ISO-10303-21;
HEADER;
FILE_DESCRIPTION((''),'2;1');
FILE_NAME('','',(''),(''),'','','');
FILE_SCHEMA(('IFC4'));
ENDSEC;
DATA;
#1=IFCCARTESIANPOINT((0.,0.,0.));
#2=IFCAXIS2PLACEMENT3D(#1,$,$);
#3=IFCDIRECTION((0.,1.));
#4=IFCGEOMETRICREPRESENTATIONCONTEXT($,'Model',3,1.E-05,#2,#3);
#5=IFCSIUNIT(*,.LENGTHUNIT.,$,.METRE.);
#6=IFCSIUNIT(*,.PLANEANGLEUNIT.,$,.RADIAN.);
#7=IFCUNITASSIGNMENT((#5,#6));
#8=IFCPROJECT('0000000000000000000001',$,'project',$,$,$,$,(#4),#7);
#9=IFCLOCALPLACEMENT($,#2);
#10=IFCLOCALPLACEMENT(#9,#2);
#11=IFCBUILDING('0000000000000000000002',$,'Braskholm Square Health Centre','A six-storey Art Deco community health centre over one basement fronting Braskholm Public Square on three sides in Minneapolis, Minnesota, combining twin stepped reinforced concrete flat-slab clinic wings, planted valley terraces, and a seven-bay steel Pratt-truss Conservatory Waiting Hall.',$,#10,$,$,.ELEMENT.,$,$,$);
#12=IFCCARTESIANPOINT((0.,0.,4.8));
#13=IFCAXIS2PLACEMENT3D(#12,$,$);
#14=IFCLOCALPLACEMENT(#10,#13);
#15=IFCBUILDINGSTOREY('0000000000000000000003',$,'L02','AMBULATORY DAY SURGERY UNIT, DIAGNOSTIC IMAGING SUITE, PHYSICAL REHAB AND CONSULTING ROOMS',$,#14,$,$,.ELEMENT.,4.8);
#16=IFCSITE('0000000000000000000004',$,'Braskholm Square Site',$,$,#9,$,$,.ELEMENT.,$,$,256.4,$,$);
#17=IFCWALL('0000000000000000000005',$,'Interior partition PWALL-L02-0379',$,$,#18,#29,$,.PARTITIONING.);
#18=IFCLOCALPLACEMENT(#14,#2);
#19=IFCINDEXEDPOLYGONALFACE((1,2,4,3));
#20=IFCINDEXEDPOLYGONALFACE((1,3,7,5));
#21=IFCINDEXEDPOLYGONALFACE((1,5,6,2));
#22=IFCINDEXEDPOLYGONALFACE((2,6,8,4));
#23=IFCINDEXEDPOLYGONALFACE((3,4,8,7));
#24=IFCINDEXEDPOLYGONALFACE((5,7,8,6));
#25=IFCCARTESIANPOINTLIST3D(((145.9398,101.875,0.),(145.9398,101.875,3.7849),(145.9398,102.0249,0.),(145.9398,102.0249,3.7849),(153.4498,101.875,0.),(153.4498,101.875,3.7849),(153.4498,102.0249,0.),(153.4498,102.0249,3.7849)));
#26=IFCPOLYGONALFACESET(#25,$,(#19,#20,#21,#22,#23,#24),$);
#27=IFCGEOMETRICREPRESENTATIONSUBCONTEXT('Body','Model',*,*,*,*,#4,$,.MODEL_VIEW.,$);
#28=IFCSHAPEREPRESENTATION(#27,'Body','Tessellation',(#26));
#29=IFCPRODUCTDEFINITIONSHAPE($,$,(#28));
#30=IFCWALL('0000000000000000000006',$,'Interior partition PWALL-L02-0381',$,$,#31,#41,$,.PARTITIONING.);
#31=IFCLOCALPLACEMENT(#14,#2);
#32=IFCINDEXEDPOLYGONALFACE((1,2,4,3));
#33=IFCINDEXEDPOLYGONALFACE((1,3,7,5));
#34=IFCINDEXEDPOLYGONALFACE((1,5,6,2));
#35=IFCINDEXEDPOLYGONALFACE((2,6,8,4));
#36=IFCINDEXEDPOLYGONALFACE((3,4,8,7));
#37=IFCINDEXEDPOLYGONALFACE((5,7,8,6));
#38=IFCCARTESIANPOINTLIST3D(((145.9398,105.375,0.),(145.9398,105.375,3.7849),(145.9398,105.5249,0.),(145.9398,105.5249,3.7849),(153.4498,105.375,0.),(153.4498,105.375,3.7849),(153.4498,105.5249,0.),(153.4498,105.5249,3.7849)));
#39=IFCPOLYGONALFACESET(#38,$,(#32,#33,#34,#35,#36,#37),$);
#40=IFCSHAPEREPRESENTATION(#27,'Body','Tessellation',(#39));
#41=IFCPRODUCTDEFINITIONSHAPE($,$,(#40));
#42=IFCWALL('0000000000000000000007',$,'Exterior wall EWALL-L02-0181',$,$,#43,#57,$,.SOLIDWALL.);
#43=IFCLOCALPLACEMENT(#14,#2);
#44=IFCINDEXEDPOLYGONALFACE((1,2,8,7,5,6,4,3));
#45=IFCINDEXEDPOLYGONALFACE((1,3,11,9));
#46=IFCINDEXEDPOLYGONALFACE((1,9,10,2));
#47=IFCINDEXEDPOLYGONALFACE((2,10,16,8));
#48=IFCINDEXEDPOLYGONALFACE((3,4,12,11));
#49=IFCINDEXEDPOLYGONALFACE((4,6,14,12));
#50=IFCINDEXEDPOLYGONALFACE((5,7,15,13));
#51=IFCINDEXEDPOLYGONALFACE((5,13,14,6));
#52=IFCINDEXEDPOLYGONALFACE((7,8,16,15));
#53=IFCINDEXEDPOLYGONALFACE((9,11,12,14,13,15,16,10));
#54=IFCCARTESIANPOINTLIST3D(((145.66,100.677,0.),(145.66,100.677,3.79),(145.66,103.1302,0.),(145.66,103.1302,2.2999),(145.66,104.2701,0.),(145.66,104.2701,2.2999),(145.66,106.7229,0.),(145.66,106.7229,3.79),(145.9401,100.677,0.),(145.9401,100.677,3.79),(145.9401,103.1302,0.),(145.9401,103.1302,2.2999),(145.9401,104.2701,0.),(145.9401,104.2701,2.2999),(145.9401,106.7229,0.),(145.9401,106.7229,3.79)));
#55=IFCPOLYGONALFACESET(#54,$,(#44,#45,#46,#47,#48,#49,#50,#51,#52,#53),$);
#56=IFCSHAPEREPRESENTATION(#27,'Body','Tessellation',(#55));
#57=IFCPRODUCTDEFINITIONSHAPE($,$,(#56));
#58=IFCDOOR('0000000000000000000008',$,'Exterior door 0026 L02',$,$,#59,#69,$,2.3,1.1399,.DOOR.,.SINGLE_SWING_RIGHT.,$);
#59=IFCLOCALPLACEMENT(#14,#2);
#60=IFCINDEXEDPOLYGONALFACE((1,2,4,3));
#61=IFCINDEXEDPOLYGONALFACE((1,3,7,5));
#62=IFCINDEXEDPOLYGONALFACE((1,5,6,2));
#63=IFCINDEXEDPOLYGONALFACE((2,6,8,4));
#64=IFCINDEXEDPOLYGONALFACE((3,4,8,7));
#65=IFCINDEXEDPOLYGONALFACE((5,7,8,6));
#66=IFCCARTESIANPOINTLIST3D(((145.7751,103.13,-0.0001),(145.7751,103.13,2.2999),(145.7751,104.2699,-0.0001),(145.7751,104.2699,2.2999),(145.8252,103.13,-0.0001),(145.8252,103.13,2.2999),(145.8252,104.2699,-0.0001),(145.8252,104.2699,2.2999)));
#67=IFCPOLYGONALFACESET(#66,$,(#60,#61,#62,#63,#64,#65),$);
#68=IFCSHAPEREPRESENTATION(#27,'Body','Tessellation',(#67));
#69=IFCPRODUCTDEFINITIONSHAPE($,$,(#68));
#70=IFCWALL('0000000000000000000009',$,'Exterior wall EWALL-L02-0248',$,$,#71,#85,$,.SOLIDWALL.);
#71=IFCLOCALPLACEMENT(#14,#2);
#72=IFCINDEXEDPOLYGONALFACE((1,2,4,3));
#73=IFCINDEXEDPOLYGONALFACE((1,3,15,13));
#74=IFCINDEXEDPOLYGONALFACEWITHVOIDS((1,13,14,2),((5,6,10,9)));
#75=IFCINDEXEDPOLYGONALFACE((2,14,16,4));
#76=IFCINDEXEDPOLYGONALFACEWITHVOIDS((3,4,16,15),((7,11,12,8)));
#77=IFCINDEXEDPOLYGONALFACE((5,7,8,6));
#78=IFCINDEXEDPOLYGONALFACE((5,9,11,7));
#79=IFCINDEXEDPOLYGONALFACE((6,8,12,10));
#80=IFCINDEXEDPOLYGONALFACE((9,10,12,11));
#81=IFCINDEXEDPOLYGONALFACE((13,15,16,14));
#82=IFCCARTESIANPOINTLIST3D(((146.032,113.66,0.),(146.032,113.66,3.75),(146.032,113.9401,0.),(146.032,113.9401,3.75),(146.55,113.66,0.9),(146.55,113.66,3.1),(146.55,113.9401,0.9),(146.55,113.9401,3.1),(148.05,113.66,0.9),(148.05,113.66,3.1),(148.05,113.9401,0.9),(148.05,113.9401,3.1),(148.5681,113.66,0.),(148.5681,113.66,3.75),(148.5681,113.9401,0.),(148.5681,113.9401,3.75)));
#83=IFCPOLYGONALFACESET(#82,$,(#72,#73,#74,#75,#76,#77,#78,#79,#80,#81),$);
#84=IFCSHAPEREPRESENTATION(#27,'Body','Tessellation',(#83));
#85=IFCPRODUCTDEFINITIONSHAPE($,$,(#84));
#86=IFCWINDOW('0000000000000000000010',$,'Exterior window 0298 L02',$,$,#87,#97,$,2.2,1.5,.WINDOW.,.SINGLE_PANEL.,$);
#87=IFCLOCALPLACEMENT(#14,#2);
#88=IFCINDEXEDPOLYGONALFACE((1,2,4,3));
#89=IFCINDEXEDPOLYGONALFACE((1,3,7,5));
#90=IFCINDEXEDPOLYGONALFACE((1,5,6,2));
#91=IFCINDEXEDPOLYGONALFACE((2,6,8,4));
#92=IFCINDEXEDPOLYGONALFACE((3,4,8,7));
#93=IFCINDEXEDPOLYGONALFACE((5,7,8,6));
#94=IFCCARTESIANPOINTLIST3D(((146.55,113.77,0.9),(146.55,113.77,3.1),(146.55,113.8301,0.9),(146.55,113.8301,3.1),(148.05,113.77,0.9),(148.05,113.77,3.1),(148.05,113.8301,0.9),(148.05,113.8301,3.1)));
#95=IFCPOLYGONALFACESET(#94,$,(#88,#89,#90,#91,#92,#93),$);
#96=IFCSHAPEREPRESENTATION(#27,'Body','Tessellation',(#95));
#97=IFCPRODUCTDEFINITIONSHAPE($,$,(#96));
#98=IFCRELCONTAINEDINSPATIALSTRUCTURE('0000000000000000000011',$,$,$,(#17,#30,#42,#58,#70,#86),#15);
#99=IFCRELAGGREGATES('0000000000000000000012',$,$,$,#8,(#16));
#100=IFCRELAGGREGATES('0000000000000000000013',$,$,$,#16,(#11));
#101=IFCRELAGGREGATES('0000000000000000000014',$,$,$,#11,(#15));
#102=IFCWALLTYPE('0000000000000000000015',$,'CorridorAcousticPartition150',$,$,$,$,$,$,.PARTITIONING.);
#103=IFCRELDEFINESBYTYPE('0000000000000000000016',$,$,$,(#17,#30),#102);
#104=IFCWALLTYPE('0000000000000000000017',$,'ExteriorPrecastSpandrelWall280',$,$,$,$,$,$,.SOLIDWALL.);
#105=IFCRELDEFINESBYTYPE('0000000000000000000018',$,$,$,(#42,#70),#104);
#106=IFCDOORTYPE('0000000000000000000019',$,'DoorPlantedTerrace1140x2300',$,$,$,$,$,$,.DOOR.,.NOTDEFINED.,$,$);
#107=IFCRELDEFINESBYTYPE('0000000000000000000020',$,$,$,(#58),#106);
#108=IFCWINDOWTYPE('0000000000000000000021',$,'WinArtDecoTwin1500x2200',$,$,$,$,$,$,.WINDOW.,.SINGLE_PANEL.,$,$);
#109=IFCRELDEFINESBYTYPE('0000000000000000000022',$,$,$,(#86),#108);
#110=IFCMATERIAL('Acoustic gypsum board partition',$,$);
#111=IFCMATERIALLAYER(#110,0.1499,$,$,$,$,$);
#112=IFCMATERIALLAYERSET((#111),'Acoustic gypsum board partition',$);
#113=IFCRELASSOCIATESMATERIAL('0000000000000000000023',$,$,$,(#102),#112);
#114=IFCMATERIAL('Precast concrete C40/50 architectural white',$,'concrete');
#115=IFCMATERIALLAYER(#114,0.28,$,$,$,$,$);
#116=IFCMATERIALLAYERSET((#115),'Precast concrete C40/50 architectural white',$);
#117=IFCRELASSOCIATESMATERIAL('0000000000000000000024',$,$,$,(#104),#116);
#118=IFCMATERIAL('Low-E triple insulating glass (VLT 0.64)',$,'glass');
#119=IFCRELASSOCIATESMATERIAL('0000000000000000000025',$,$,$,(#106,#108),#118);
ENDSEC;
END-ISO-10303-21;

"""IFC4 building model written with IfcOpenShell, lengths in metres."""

from ifc_helpers import new_model, si_unit, direction, frame, frame_2d, origin, origin_with_axes, place, context, subcontext, project, spatial, rectangle, extrude, material, layer, layer_set, type_object, element, fill, save


model = new_model("IFC4")

# Units and contexts
model_context = context("Model", 3, precision=1e-05, world=origin(), true_north=direction((0.0, 1.0)))
body_context = subcontext(model_context, "Body", "Model", "MODEL_VIEW")
ifc_project = project(units=[si_unit("LENGTHUNIT", "METRE"), si_unit("PLANEANGLEUNIT", "RADIAN")], contexts=[model_context])

# Site, building, storey
site_placement = place(None, origin())
site = spatial("IfcSite", under=ifc_project, at=site_placement, Name="Braskholm Square Site", CompositionType="ELEMENT", RefElevation=256.4)
building_placement = place(site_placement, origin())
building = spatial("IfcBuilding", under=site, at=building_placement, Name="Braskholm Square Health Centre", Description="A six-storey Art Deco community health centre over one basement fronting Braskholm Public Square on three sides in Minneapolis, Minnesota, combining twin stepped reinforced concrete flat-slab clinic wings, planted valley terraces, and a seven-bay steel Pratt-truss Conservatory Waiting Hall.", CompositionType="ELEMENT")
storey_placement = place(building_placement, frame((0.0, 0.0, 4.8)))
storey = spatial("IfcBuildingStorey", under=building, at=storey_placement, Name="L02", Description="AMBULATORY DAY SURGERY UNIT, DIAGNOSTIC IMAGING SUITE, PHYSICAL REHAB AND CONSULTING ROOMS", CompositionType="ELEMENT", Elevation=4.8)

# Shared definitions
ifc_material_1 = material(Name="Precast concrete C40/50 architectural white", Category="concrete")

# Shared definitions
ifc_material_2 = material(Name="Low-E triple insulating glass (VLT 0.64)", Category="glass")

# Walls
ifc_material_3 = material(Name="Acoustic gypsum board partition")
ifc_layer_1 = layer(ifc_material_3, 0.1499)
ifc_layer_set_1 = layer_set([ifc_layer_1], Name="Acoustic gypsum board partition")
wall_type_1 = type_object("IfcWallType", Name="CorridorAcousticPartition150", PredefinedType="PARTITIONING", material=ifc_layer_set_1)
for number, where, z_axis, x_axis, name in (
    (1, (145.9399, 101.95, 0.0), (0.0, 0.0, 1.0), (1.0, 0.0, 0.0), "Interior partition PWALL-L02-0379"),
    (2, (145.9399, 105.45, 0.0), (0.0, 0.0, 1.0), (1.0, 0.0, 0.0), "Interior partition PWALL-L02-0381"),
):
    element("IfcWall", number, at=place(storey_placement, frame(where, z_axis=z_axis, x_axis=x_axis)), inside=storey, type_object=wall_type_1, Name=name, PredefinedType="PARTITIONING", context=body_context, shape_type="SweptSolid", body=[
        extrude(rectangle(XDim=7.51, YDim=0.1499, at=frame_2d((3.7549, 0.0))), origin(), (0.0, 0.0, 1.0), 3.7849),
    ])

# Wall, opening, door
ifc_layer_2 = layer(ifc_material_1, 0.28)
ifc_layer_set_2 = layer_set([ifc_layer_2], Name="Precast concrete C40/50 architectural white")
wall_type_2 = type_object("IfcWallType", Name="ExteriorPrecastSpandrelWall280", PredefinedType="SOLIDWALL", material=ifc_layer_set_2)
wall_1_placement = place(storey_placement, frame((145.8, 106.7229, 0.0), z_axis=(0.0, 0.0, 1.0), x_axis=(0.0, -1.0, 0.0)))
wall_1 = element("IfcWall", 3, at=wall_1_placement, inside=storey, type_object=wall_type_2, Name="Exterior wall EWALL-L02-0181", PredefinedType="SOLIDWALL", context=body_context, shape_type="SweptSolid", body=[
    extrude(rectangle(XDim=6.0459, YDim=0.28, at=frame_2d((3.0229, 0.0))), origin(), (0.0, 0.0, 1.0), 3.79),
])
opening_1_placement = place(wall_1_placement, frame((2.4529, 0.0, 0.0)))
opening_1 = element("IfcOpeningElement", 4, at=opening_1_placement, cuts=wall_1, PredefinedType="OPENING", context=body_context, shape_type="SweptSolid", body=[
    extrude(rectangle(XDim=1.1399, YDim=2.3, at=frame_2d((0.5698, 1.1499))), frame((0.0, 0.1499, 0.0), z_axis=(0.0, -1.0, 0.0), x_axis=(1.0, 0.0, 0.0)), (0.0, 0.0, 1.0), 0.3),
])
door_type = type_object("IfcDoorType", Name="DoorPlantedTerrace1140x2300", OperationType="NOTDEFINED", PredefinedType="DOOR", material=ifc_material_2)
door_placement = place(opening_1_placement, frame((1.1399, 0.0, 0.0), z_axis=(0.0, 0.0, 1.0), x_axis=(-1.0, 0.0, 0.0)))
door = element("IfcDoor", 5, at=door_placement, inside=storey, type_object=door_type, Name="Exterior door 0026 L02", OperationType="SINGLE_SWING_RIGHT", OverallHeight=2.3, OverallWidth=1.1399, PredefinedType="DOOR", context=body_context, shape_type="SweptSolid", body=[
    extrude(rectangle(XDim=1.1399, YDim=2.3, at=frame_2d((0.5698, 1.1499))), frame((0.0, 0.0249, 0.0), z_axis=(0.0, -1.0, 0.0), x_axis=(1.0, 0.0, 0.0)), (0.0, 0.0, 1.0), 0.05),
])
fill(opening_1, door)

# Wall, opening, window
wall_2_placement = place(storey_placement, frame((148.5681, 113.8, 0.0), z_axis=(0.0, 0.0, 1.0), x_axis=(-1.0, 0.0, 0.0)))
wall_2 = element("IfcWall", 6, at=wall_2_placement, inside=storey, type_object=wall_type_2, Name="Exterior wall EWALL-L02-0248", PredefinedType="SOLIDWALL", context=body_context, shape_type="SweptSolid", body=[
    extrude(rectangle(XDim=2.5361, YDim=0.28, at=frame_2d((1.2681, 0.0))), origin(), (0.0, 0.0, 1.0), 3.75),
])
opening_2_placement = place(wall_2_placement, frame((0.5181, 0.0, 0.8999)))
opening_2 = element("IfcOpeningElement", 7, at=opening_2_placement, cuts=wall_2, PredefinedType="OPENING", context=body_context, shape_type="SweptSolid", body=[
    extrude(rectangle(XDim=1.5, YDim=2.2, at=frame_2d((0.75, 1.1001))), frame((0.0, 0.1499, 0.0), z_axis=(0.0, -1.0, 0.0), x_axis=(1.0, 0.0, 0.0)), (0.0, 0.0, 1.0), 0.3),
])
window_type = type_object("IfcWindowType", Name="WinArtDecoTwin1500x2200", PartitioningType="SINGLE_PANEL", PredefinedType="WINDOW", material=ifc_material_2)
window_placement = place(opening_2_placement, origin_with_axes())
window = element("IfcWindow", 8, at=window_placement, inside=storey, type_object=window_type, Name="Exterior window 0298 L02", OverallHeight=2.2, OverallWidth=1.5, PartitioningType="SINGLE_PANEL", PredefinedType="WINDOW", context=body_context, shape_type="SweptSolid", body=[
    extrude(rectangle(XDim=1.5, YDim=2.2, at=frame_2d((0.75, 1.1001))), frame((0.0, 0.03, 0.0), z_axis=(0.0, -1.0, 0.0), x_axis=(1.0, 0.0, 0.0)), (0.0, 0.0, 1.0), 0.0601),
])
fill(opening_2, window)

save(model, "model.ifc")
